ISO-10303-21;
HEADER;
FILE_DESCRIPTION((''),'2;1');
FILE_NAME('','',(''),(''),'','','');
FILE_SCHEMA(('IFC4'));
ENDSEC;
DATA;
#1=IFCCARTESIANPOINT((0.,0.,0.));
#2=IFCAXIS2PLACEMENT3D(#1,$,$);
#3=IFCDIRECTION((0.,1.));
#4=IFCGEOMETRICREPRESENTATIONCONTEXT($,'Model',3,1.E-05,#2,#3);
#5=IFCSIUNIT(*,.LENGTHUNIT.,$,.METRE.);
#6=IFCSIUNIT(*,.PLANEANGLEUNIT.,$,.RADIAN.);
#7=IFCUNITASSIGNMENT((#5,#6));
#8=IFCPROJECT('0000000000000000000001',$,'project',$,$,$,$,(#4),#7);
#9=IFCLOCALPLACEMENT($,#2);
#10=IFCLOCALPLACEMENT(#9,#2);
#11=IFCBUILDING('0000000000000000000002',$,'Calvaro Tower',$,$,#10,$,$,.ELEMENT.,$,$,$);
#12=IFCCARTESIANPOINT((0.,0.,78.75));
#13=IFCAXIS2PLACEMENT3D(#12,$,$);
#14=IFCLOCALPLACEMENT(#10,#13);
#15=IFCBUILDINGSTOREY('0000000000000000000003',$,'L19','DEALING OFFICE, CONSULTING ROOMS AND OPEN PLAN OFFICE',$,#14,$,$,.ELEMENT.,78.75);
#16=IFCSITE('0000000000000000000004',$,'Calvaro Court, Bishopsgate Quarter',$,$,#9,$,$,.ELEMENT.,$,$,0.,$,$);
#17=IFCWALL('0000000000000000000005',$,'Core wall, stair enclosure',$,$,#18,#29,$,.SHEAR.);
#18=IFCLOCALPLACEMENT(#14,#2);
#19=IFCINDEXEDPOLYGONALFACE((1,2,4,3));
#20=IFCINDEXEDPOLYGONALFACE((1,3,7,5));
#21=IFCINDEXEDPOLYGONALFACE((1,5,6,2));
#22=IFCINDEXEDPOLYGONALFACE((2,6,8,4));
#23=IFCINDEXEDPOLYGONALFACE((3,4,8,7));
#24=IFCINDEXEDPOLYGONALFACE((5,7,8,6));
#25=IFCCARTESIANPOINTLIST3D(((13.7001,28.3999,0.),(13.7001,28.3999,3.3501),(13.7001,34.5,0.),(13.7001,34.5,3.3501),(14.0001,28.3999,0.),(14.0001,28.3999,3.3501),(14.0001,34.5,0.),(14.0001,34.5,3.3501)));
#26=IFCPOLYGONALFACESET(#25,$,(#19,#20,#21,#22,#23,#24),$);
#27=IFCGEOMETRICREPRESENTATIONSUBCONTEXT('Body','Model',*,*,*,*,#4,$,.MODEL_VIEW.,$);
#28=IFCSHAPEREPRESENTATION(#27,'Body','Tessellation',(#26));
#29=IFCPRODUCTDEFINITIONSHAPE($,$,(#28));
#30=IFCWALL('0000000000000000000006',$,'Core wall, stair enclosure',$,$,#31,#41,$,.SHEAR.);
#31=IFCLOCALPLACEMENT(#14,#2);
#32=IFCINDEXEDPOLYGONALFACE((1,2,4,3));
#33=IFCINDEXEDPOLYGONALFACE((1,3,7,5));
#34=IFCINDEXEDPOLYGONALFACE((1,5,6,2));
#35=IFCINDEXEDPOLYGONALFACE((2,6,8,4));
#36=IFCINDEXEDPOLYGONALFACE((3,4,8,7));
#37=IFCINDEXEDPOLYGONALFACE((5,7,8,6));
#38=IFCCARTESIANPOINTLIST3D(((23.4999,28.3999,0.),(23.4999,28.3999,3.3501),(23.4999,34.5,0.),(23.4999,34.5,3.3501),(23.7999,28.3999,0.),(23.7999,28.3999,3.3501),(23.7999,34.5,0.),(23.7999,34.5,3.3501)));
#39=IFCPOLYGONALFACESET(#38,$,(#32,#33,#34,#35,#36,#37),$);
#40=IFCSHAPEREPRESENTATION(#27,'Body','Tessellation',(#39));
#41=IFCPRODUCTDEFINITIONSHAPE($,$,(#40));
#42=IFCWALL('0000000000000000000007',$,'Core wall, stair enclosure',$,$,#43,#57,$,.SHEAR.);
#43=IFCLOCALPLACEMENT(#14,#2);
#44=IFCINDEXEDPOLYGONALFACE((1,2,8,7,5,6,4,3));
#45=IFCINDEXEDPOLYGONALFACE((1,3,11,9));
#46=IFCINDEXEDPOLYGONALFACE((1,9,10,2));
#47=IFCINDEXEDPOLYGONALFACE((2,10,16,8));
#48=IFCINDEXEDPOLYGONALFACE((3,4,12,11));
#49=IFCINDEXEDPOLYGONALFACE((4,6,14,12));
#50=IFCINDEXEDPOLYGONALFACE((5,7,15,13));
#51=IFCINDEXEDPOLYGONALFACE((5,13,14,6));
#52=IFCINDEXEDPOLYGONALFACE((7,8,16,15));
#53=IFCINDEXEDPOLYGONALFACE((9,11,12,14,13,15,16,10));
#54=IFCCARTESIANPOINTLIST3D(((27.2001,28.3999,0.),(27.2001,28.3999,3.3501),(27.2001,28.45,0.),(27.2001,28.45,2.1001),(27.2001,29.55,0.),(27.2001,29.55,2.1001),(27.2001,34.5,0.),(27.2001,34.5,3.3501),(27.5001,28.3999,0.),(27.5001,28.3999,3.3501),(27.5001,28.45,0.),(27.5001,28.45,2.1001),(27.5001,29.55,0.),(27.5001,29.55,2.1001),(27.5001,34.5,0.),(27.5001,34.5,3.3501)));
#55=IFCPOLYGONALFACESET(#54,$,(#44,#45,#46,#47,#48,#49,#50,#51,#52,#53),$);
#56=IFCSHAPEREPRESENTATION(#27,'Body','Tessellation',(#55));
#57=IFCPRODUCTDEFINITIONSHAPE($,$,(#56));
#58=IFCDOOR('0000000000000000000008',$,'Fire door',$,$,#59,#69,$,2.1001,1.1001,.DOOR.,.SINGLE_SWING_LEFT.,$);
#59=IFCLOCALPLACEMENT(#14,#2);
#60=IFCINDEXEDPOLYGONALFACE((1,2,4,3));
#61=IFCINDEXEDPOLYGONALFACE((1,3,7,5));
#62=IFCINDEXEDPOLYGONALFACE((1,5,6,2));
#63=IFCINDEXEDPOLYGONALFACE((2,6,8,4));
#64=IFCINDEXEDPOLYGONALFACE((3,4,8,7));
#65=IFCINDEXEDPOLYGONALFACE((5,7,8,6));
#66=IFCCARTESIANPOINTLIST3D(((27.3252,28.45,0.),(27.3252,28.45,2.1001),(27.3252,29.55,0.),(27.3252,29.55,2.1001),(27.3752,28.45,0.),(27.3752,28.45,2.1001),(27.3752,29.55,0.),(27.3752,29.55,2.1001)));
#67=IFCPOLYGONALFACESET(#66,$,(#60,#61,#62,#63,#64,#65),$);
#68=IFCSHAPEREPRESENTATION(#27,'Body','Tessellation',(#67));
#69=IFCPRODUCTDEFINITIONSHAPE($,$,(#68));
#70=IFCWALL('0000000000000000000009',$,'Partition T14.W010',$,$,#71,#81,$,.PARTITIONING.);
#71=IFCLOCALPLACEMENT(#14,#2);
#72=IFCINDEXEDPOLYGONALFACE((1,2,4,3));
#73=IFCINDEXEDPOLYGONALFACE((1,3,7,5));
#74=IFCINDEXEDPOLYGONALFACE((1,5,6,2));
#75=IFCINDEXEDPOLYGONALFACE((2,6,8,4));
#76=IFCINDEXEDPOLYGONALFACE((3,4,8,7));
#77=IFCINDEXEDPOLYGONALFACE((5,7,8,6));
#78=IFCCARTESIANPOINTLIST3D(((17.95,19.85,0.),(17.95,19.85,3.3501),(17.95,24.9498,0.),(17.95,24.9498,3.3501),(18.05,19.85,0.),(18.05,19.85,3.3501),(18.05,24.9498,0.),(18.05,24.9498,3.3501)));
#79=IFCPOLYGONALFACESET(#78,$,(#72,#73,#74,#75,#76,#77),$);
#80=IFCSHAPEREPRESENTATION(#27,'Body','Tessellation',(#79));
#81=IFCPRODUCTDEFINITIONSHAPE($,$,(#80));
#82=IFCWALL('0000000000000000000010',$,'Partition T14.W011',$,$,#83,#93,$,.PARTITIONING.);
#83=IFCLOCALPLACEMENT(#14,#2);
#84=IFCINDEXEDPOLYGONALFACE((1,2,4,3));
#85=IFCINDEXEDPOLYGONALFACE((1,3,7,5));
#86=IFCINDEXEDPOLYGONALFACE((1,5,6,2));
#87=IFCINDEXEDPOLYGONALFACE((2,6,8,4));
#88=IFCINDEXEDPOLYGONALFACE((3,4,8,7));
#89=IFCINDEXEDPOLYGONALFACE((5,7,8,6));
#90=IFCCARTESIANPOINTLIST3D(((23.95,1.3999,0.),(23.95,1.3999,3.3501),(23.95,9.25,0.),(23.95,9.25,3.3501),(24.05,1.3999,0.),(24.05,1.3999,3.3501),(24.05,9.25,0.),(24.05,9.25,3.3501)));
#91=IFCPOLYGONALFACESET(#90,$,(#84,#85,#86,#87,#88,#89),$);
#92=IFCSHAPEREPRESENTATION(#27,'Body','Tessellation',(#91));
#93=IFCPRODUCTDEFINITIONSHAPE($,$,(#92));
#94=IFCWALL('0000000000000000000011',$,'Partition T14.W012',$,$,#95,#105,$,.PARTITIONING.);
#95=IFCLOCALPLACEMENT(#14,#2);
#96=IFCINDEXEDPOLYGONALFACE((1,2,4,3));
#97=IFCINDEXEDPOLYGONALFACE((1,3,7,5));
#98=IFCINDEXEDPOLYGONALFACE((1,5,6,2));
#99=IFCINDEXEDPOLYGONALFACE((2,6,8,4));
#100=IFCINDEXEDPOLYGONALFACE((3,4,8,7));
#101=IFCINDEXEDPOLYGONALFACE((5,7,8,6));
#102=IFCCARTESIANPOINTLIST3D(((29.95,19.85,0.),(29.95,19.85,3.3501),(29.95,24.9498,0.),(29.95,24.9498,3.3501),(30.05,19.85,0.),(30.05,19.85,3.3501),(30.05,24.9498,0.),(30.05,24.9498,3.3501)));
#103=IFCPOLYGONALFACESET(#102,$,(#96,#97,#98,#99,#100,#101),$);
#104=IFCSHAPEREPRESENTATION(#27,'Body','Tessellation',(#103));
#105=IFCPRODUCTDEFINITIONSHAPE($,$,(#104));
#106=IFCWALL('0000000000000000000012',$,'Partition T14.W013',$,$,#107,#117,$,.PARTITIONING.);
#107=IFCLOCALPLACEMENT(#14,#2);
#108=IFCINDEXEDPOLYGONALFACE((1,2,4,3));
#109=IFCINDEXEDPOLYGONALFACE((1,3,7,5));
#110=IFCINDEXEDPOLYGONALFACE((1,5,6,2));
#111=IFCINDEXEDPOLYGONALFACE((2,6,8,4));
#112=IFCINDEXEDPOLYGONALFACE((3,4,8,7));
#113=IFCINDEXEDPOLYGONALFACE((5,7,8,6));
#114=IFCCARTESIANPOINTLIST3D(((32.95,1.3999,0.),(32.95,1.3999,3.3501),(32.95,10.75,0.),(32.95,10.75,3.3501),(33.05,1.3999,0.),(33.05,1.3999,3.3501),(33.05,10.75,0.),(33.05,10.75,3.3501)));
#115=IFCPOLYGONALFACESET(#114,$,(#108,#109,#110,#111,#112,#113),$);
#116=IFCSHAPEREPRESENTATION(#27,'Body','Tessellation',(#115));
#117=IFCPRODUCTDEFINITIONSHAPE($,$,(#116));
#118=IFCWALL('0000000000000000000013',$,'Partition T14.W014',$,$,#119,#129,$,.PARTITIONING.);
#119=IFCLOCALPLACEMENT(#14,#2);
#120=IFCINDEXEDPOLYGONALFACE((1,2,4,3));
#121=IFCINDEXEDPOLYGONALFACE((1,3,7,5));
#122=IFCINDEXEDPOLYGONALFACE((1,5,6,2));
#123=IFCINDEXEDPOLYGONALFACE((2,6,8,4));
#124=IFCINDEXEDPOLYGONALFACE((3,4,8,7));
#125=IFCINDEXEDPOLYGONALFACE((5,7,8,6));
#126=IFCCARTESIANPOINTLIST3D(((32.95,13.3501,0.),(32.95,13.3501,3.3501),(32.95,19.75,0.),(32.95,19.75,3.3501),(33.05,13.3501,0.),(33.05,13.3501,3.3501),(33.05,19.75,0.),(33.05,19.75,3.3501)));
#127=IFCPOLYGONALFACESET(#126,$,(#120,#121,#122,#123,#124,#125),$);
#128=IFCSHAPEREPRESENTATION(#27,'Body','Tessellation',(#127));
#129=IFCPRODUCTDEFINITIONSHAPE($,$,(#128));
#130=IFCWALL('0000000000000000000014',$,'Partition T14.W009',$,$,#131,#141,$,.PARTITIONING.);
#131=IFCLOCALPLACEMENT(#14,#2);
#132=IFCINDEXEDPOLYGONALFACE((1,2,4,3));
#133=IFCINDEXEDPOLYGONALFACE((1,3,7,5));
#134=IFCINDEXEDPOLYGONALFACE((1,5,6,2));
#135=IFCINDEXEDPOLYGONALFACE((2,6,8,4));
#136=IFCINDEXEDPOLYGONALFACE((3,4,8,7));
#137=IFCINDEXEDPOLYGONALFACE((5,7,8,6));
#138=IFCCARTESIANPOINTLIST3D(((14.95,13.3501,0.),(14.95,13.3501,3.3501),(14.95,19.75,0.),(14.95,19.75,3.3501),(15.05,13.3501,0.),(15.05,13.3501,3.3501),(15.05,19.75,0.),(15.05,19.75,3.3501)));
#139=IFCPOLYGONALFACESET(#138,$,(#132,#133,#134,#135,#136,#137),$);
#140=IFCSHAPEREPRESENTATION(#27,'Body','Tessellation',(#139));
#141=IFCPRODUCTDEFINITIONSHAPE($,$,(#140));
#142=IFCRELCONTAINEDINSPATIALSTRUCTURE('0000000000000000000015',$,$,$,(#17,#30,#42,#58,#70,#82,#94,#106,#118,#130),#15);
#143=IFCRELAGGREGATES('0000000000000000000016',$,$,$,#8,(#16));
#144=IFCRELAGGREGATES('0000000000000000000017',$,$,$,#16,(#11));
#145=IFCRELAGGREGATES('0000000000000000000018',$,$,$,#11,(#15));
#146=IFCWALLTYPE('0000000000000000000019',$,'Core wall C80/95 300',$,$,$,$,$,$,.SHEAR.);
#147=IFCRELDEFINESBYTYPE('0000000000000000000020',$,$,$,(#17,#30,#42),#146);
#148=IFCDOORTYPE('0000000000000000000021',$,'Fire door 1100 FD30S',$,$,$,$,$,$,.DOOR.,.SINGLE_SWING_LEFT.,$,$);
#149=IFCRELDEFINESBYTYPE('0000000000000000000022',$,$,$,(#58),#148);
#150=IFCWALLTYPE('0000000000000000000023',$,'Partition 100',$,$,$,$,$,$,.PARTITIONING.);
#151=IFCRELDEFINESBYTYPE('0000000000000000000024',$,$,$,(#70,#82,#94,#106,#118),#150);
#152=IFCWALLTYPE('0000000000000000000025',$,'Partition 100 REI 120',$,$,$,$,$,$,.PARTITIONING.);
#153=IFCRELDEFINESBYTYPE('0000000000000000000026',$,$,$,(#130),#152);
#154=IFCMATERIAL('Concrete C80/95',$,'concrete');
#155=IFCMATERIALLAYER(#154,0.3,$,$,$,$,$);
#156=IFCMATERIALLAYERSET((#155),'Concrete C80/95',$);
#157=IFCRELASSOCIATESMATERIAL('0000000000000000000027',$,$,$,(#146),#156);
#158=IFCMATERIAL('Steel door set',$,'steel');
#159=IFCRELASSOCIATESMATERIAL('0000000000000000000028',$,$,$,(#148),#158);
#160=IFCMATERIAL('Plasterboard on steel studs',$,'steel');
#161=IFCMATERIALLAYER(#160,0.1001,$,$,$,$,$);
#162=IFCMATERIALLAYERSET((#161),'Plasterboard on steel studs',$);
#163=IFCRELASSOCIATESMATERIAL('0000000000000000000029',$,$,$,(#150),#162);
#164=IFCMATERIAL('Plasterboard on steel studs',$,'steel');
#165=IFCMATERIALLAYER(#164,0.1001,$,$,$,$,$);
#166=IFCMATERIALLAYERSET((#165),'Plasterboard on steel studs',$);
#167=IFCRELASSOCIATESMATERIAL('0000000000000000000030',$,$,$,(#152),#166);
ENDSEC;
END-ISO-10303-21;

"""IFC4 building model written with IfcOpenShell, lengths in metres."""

from ifc_helpers import new_model, si_unit, direction, frame, frame_2d, origin, place, context, subcontext, project, spatial, rectangle, extrude, material, layer, layer_set, type_object, element, fill, save


model = new_model("IFC4")

# Units and contexts
model_context = context("Model", 3, precision=1e-05, world=origin(), true_north=direction((0.0, 1.0)))
body_context = subcontext(model_context, "Body", "Model", "MODEL_VIEW")
ifc_project = project(units=[si_unit("LENGTHUNIT", "METRE"), si_unit("PLANEANGLEUNIT", "RADIAN")], contexts=[model_context])

# Site, building, storey
site_placement = place(None, origin())
site = spatial("IfcSite", under=ifc_project, at=site_placement, Name="Calvaro Court, Bishopsgate Quarter", CompositionType="ELEMENT", RefElevation=0.0)
building_placement = place(site_placement, origin())
building = spatial("IfcBuilding", under=site, at=building_placement, Name="Calvaro Tower", CompositionType="ELEMENT")
storey_placement = place(building_placement, frame((0.0, 0.0, 78.75)))
storey = spatial("IfcBuildingStorey", under=building, at=storey_placement, Name="L19", Description="DEALING OFFICE, CONSULTING ROOMS AND OPEN PLAN OFFICE", CompositionType="ELEMENT", Elevation=78.75)

# Walls
ifc_material_1 = material(Name="Concrete C80/95", Category="concrete")
ifc_layer_1 = layer(ifc_material_1, 0.3)
ifc_layer_set_1 = layer_set([ifc_layer_1], Name="Concrete C80/95")
wall_type_1 = type_object("IfcWallType", Name="Core wall C80/95 300", PredefinedType="SHEAR", material=ifc_layer_set_1)
for number, where, z_axis, x_axis, name in (
    (1, (13.8501, 28.3999, 0.0), (0.0, 0.0, 1.0), (0.0, 1.0, 0.0), "Core wall, stair enclosure"),
    (2, (23.6499, 28.3999, 0.0), (0.0, 0.0, 1.0), (0.0, 1.0, 0.0), "Core wall, stair enclosure"),
):
    element("IfcWall", number, at=place(storey_placement, frame(where, z_axis=z_axis, x_axis=x_axis)), inside=storey, type_object=wall_type_1, Name=name, PredefinedType="SHEAR", context=body_context, shape_type="SweptSolid", body=[
        extrude(rectangle(XDim=6.1001, YDim=0.3, at=frame_2d((3.05, 0.0))), origin(), (0.0, 0.0, 1.0), 3.3501),
    ])

# Wall, opening, door
wall_1_placement = place(storey_placement, frame((27.3501, 28.3999, 0.0), z_axis=(0.0, 0.0, 1.0), x_axis=(0.0, 1.0, 0.0)))
wall_1 = element("IfcWall", 3, at=wall_1_placement, inside=storey, type_object=wall_type_1, Name="Core wall, stair enclosure", PredefinedType="SHEAR", context=body_context, shape_type="SweptSolid", body=[
    extrude(rectangle(XDim=6.1001, YDim=0.3, at=frame_2d((3.05, 0.0))), origin(), (0.0, 0.0, 1.0), 3.3501),
])
opening_1_placement = place(wall_1_placement, frame((0.05, 0.0, 0.0)))
opening_1 = element("IfcOpeningElement", 4, at=opening_1_placement, cuts=wall_1, PredefinedType="OPENING", context=body_context, shape_type="SweptSolid", body=[
    extrude(rectangle(XDim=1.1001, YDim=2.1001, at=frame_2d((0.55, 1.05))), frame((0.0, 0.1599, 0.0), z_axis=(0.0, -1.0, 0.0), x_axis=(1.0, 0.0, 0.0)), (0.0, 0.0, 1.0), 0.3201),
])
ifc_material_2 = material(Name="Steel door set", Category="steel")
door_type_1 = type_object("IfcDoorType", Name="Fire door 1100 FD30S", OperationType="SINGLE_SWING_LEFT", PredefinedType="DOOR", material=ifc_material_2)
door_1_placement = place(opening_1_placement, origin())
door_1 = element("IfcDoor", 5, at=door_1_placement, inside=storey, type_object=door_type_1, Name="Fire door", OperationType="SINGLE_SWING_LEFT", OverallHeight=2.1001, OverallWidth=1.1001, PredefinedType="DOOR", context=body_context, shape_type="SweptSolid", body=[
    extrude(rectangle(XDim=1.1001, YDim=2.1001, at=frame_2d((0.55, 1.05))), frame((0.0, 0.0249, 0.0), z_axis=(0.0, -1.0, 0.0), x_axis=(1.0, 0.0, 0.0)), (0.0, 0.0, 1.0), 0.05),
])
fill(opening_1, door_1)

# Walls
ifc_material_3 = material(Name="Plasterboard on steel studs", Category="steel")
ifc_layer_2 = layer(ifc_material_3, 0.1001)
ifc_layer_set_2 = layer_set([ifc_layer_2], Name="Plasterboard on steel studs")
wall_type_2 = type_object("IfcWallType", Name="Partition 100", PredefinedType="PARTITIONING", material=ifc_layer_set_2)
wall_2_placement = place(storey_placement, frame((18.0, 19.8501, 0.0), z_axis=(0.0, 0.0, 1.0), x_axis=(0.0, 1.0, 0.0)))
element("IfcWall", 6, at=wall_2_placement, inside=storey, type_object=wall_type_2, Name="Partition T14.W010", PredefinedType="PARTITIONING", context=body_context, shape_type="SweptSolid", body=[
    extrude(rectangle(XDim=5.0999, YDim=0.1001, at=frame_2d((2.5498, 0.0))), origin(), (0.0, 0.0, 1.0), 3.3501),
])
wall_3_placement = place(storey_placement, frame((24.0, 1.3999, 0.0), z_axis=(0.0, 0.0, 1.0), x_axis=(0.0, 1.0, 0.0)))
element("IfcWall", 7, at=wall_3_placement, inside=storey, type_object=wall_type_2, Name="Partition T14.W011", PredefinedType="PARTITIONING", context=body_context, shape_type="SweptSolid", body=[
    extrude(rectangle(XDim=7.8501, YDim=0.1001, at=frame_2d((3.925, 0.0))), origin(), (0.0, 0.0, 1.0), 3.3501),
])
wall_4_placement = place(storey_placement, frame((30.0, 19.8501, 0.0), z_axis=(0.0, 0.0, 1.0), x_axis=(0.0, 1.0, 0.0)))
element("IfcWall", 8, at=wall_4_placement, inside=storey, type_object=wall_type_2, Name="Partition T14.W012", PredefinedType="PARTITIONING", context=body_context, shape_type="SweptSolid", body=[
    extrude(rectangle(XDim=5.0999, YDim=0.1001, at=frame_2d((2.5498, 0.0))), origin(), (0.0, 0.0, 1.0), 3.3501),
])
wall_5_placement = place(storey_placement, frame((33.0, 1.3999, 0.0), z_axis=(0.0, 0.0, 1.0), x_axis=(0.0, 1.0, 0.0)))
element("IfcWall", 9, at=wall_5_placement, inside=storey, type_object=wall_type_2, Name="Partition T14.W013", PredefinedType="PARTITIONING", context=body_context, shape_type="SweptSolid", body=[
    extrude(rectangle(XDim=9.3501, YDim=0.1001, at=frame_2d((4.675, 0.0))), origin(), (0.0, 0.0, 1.0), 3.3501),
])
wall_6_placement = place(storey_placement, frame((33.0, 13.3501, 0.0), z_axis=(0.0, 0.0, 1.0), x_axis=(0.0, 1.0, 0.0)))
element("IfcWall", 10, at=wall_6_placement, inside=storey, type_object=wall_type_2, Name="Partition T14.W014", PredefinedType="PARTITIONING", context=body_context, shape_type="SweptSolid", body=[
    extrude(rectangle(XDim=6.3999, YDim=0.1001, at=frame_2d((3.2, 0.0))), origin(), (0.0, 0.0, 1.0), 3.3501),
])
ifc_material_4 = material(Name="Plasterboard on steel studs", Category="steel")
ifc_layer_3 = layer(ifc_material_4, 0.1001)
ifc_layer_set_3 = layer_set([ifc_layer_3], Name="Plasterboard on steel studs")
wall_type_3 = type_object("IfcWallType", Name="Partition 100 REI 120", PredefinedType="PARTITIONING", material=ifc_layer_set_3)
wall_7_placement = place(storey_placement, frame((15.0, 13.3501, 0.0), z_axis=(0.0, 0.0, 1.0), x_axis=(0.0, 1.0, 0.0)))
element("IfcWall", 11, at=wall_7_placement, inside=storey, type_object=wall_type_3, Name="Partition T14.W009", PredefinedType="PARTITIONING", context=body_context, shape_type="SweptSolid", body=[
    extrude(rectangle(XDim=6.3999, YDim=0.1001, at=frame_2d((3.2, 0.0))), origin(), (0.0, 0.0, 1.0), 3.3501),
])

save(model, "model.ifc")
